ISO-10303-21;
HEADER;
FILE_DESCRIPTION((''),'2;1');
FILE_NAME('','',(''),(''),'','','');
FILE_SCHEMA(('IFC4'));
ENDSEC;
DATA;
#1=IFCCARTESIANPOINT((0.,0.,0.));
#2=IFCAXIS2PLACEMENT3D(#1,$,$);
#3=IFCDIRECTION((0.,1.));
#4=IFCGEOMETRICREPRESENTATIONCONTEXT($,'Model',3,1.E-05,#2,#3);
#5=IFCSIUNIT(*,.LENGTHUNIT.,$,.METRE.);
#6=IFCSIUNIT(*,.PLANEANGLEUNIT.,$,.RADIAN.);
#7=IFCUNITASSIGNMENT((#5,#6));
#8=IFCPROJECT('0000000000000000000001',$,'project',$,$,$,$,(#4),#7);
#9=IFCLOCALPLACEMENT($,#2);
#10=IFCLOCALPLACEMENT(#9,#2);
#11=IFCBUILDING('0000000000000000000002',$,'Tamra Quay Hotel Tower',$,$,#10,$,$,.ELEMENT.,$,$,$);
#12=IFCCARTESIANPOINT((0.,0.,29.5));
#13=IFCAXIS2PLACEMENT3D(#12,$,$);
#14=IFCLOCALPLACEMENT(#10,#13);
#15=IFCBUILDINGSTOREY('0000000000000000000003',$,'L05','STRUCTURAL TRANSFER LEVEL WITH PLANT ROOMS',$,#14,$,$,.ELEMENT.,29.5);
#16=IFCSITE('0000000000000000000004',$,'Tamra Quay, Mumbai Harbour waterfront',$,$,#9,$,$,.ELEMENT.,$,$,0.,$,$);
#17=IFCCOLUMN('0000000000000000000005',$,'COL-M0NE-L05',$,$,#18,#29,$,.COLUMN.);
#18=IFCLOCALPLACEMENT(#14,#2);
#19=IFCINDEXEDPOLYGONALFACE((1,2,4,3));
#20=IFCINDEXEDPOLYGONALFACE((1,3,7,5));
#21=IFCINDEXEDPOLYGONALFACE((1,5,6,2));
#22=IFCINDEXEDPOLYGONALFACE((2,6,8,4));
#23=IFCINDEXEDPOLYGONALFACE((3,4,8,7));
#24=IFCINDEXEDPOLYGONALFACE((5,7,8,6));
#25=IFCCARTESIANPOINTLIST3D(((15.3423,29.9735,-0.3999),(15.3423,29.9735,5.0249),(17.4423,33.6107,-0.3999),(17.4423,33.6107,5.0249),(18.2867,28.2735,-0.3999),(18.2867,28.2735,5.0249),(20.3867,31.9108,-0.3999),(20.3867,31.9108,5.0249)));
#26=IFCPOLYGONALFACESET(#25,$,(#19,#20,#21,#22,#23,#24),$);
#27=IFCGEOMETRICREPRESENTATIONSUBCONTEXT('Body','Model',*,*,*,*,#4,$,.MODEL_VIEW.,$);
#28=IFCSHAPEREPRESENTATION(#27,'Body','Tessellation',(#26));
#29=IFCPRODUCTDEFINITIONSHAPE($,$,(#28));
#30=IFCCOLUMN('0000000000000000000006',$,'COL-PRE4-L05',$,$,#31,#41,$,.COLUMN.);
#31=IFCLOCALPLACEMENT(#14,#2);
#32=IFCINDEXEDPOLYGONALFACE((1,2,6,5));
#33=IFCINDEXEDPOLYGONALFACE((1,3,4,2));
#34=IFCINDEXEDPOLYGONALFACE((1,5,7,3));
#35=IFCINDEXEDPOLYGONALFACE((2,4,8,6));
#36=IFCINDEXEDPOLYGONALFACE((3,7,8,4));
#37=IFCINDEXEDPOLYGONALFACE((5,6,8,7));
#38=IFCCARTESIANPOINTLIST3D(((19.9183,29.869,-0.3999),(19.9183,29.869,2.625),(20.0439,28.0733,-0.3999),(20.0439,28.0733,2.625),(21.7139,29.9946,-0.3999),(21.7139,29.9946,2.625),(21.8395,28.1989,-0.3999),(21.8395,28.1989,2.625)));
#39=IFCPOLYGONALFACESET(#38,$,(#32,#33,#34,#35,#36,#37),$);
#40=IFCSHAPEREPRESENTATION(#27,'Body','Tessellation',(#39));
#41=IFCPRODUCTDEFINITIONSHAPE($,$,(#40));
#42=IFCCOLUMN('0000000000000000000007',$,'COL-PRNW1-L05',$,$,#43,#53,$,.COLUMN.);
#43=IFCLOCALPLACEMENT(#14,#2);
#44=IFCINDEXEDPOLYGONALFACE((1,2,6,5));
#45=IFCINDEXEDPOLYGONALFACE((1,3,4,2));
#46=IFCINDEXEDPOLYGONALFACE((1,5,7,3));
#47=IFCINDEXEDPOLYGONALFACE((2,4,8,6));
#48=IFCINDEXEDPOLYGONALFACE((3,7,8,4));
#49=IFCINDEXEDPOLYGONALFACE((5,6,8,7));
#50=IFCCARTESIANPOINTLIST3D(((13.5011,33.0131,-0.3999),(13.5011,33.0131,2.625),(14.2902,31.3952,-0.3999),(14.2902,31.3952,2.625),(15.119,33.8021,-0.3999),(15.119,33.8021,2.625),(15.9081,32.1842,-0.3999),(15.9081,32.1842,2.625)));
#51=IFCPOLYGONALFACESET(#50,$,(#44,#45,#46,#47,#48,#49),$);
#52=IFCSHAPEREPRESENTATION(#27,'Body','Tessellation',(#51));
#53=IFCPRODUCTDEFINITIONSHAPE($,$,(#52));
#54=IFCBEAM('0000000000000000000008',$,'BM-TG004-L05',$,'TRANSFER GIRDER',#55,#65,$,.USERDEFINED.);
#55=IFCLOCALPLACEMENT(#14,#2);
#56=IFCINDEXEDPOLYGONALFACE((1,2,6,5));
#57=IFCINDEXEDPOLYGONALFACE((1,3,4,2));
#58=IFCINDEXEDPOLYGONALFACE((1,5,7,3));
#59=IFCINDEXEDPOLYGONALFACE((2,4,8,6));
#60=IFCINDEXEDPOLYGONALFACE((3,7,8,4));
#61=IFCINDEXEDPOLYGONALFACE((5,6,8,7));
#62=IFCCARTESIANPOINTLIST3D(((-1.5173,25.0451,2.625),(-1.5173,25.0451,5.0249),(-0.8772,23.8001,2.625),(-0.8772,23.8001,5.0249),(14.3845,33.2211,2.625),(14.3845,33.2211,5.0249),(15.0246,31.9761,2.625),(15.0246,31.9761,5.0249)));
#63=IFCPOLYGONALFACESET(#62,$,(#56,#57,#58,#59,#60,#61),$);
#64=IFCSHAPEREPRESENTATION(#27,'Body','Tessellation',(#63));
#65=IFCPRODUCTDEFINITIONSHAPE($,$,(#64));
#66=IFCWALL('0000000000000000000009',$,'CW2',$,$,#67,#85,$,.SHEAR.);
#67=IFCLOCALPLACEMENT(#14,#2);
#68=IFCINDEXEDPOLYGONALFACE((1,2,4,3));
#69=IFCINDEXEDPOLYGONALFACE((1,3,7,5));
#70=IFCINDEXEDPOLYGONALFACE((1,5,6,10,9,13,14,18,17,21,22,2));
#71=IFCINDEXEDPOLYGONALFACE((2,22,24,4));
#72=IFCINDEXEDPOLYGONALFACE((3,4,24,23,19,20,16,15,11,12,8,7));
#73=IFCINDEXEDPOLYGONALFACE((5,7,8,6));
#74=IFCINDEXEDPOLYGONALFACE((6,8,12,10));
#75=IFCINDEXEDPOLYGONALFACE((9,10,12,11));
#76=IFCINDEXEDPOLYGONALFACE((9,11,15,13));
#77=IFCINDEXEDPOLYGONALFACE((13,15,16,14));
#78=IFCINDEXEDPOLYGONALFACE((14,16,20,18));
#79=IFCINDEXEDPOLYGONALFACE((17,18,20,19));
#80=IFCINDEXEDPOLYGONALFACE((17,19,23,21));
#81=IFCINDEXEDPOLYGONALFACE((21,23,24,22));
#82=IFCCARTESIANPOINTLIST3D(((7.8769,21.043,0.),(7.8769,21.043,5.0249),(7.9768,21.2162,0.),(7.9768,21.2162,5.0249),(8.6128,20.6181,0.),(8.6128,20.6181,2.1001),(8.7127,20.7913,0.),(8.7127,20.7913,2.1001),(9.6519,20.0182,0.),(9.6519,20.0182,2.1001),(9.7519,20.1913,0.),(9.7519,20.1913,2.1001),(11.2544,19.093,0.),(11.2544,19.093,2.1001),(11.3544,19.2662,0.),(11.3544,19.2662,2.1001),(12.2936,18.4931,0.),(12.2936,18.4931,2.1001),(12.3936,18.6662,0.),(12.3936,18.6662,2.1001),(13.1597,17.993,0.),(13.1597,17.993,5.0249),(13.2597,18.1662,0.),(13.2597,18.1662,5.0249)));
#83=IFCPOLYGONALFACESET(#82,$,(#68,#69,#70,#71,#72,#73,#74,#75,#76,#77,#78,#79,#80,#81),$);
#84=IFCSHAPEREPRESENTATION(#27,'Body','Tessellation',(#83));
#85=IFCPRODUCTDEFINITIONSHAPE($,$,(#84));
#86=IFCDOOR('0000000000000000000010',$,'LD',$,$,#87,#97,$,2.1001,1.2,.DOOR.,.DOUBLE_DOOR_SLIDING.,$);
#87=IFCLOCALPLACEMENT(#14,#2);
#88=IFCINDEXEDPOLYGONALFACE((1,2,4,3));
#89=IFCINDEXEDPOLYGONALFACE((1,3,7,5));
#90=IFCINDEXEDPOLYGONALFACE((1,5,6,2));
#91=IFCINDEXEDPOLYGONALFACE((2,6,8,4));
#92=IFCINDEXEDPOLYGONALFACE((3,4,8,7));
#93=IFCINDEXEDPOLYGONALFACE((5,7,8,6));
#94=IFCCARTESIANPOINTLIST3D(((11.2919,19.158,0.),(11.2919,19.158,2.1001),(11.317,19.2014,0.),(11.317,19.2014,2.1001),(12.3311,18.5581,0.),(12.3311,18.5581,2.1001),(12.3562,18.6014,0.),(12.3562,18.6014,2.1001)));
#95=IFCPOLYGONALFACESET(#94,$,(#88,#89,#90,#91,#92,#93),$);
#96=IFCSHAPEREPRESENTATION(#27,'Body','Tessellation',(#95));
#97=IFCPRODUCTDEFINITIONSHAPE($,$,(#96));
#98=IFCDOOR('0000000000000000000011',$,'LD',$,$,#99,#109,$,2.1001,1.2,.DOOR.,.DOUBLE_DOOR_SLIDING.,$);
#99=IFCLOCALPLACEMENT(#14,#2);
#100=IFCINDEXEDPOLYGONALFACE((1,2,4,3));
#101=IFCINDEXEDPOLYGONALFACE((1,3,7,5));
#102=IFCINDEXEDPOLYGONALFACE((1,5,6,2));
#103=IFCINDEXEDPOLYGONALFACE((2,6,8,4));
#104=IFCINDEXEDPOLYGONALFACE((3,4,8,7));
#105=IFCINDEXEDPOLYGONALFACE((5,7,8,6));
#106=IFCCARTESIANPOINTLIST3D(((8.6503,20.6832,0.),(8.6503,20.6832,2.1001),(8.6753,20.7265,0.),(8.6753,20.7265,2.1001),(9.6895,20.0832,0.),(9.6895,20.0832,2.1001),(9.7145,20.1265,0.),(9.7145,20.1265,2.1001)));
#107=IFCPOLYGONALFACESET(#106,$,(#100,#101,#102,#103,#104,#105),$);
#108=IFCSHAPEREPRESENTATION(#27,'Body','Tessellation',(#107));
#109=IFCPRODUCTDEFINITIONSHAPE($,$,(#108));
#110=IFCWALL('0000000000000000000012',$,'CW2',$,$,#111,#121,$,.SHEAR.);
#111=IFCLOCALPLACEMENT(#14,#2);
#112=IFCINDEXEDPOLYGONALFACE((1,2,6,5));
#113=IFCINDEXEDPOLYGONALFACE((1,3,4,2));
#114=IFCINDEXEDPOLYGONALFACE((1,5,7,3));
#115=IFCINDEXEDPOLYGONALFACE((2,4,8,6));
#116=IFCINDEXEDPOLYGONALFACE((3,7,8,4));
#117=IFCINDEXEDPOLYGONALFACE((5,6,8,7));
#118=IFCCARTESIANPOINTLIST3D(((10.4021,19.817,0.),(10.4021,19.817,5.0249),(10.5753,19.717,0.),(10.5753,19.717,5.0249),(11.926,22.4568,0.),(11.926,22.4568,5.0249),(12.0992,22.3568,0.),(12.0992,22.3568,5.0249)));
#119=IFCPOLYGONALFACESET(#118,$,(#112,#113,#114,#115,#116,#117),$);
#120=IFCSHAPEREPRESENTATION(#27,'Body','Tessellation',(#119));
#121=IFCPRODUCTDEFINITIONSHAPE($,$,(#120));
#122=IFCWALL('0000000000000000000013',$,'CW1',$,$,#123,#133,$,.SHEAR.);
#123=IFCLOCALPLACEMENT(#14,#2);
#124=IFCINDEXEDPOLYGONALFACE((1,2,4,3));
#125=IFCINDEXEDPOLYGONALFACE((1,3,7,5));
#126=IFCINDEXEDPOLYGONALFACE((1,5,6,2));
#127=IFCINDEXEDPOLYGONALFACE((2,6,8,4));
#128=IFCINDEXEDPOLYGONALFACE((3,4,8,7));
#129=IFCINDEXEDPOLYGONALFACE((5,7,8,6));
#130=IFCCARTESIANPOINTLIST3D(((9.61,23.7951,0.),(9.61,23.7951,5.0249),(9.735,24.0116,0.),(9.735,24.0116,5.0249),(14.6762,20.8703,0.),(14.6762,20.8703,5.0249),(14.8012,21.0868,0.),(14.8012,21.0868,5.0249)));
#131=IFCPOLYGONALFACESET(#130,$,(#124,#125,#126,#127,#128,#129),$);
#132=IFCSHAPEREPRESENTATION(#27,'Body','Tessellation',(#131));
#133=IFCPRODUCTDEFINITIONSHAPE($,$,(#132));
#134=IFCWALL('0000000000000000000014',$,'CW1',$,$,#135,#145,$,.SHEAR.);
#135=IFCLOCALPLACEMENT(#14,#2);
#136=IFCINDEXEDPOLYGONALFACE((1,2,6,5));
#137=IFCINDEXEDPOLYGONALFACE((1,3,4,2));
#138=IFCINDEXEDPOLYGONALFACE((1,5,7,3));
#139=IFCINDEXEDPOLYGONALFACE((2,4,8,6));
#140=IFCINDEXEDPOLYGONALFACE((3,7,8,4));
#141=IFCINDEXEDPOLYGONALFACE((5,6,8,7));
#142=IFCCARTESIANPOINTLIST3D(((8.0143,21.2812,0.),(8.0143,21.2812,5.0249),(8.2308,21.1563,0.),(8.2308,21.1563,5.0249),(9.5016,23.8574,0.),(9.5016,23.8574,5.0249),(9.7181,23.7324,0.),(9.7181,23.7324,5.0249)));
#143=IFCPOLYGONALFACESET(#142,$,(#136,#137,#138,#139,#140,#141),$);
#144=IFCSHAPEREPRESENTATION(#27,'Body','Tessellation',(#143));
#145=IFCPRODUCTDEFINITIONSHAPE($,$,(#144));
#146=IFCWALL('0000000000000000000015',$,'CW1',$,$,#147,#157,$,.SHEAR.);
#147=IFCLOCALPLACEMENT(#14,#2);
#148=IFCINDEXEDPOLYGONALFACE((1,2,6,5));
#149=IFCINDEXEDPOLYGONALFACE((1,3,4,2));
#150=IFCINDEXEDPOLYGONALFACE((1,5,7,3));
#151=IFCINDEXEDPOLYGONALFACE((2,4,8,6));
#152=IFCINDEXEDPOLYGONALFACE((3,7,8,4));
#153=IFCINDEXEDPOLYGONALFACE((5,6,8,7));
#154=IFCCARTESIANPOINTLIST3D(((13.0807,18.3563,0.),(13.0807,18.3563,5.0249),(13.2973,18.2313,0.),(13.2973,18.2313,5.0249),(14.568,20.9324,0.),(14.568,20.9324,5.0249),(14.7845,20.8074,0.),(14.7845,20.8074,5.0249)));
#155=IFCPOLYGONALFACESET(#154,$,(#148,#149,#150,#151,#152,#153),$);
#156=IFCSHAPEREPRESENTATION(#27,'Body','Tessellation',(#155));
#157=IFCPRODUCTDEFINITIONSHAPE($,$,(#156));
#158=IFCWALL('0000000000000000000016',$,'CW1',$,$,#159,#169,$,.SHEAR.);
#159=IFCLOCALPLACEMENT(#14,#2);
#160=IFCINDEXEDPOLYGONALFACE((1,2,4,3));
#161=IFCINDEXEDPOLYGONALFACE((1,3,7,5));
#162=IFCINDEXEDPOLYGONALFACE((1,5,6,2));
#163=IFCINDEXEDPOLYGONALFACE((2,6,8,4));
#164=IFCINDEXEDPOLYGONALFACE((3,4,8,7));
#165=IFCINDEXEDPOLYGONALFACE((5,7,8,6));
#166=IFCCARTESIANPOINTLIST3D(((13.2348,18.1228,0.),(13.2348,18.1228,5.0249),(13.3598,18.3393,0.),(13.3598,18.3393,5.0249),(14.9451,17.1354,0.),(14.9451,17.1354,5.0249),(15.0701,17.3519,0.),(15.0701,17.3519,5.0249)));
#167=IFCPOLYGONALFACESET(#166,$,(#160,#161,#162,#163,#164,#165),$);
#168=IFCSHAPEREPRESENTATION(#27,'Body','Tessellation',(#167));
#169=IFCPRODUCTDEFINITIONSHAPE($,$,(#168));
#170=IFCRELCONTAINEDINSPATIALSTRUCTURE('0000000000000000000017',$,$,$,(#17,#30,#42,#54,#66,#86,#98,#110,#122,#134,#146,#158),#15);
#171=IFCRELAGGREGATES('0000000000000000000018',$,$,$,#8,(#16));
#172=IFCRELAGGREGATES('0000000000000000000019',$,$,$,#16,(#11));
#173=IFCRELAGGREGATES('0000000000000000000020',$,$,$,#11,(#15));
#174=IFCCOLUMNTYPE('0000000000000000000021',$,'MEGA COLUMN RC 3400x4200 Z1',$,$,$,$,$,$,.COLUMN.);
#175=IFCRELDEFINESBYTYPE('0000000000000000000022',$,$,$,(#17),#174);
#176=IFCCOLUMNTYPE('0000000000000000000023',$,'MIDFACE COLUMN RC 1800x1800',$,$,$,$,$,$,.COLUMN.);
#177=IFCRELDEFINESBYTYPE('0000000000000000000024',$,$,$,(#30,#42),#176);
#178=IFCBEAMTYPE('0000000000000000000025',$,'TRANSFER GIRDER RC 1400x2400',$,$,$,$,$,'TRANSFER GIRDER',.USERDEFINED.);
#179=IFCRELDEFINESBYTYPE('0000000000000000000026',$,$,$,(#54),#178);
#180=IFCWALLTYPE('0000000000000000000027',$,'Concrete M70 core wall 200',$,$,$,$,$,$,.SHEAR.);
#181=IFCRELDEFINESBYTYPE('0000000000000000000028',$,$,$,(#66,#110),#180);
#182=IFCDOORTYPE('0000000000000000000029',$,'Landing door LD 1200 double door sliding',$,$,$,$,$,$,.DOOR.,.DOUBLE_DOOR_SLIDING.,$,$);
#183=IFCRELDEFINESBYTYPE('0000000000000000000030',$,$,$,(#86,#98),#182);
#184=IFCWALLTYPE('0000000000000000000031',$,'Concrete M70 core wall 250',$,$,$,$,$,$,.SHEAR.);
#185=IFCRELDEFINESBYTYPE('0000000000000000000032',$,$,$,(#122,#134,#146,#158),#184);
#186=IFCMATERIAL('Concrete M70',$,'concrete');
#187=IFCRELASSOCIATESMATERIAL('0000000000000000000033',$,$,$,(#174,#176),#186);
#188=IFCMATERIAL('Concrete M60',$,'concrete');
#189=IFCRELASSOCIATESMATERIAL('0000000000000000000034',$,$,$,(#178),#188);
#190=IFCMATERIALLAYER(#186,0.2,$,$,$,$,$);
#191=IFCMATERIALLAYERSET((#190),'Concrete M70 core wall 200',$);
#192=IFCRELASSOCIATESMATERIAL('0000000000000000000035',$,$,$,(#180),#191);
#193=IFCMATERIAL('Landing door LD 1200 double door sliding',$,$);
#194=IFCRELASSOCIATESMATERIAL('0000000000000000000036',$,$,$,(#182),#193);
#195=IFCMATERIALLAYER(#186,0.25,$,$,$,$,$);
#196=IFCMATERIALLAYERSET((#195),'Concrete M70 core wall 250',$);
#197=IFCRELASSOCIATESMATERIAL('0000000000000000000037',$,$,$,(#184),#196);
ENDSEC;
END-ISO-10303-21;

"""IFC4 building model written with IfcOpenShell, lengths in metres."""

from ifc_helpers import new_model, si_unit, direction, frame, frame_2d, origin, origin_2d, place, context, subcontext, project, spatial, rectangle, extrude, material, layer, layer_set, material_profile, profile_set, type_object, element, fill, save


model = new_model("IFC4")

# Units and contexts
model_context = context("Model", 3, precision=1e-05, world=origin(), true_north=direction((0.0, 1.0)))
body_context = subcontext(model_context, "Body", "Model", "MODEL_VIEW")
ifc_project = project(units=[si_unit("LENGTHUNIT", "METRE"), si_unit("PLANEANGLEUNIT", "RADIAN")], contexts=[model_context])

# Site, building, storey
site_placement = place(None, origin())
site = spatial("IfcSite", under=ifc_project, at=site_placement, Name="Tamra Quay, Mumbai Harbour waterfront", CompositionType="ELEMENT", RefElevation=0.0)
building_placement = place(site_placement, origin())
building = spatial("IfcBuilding", under=site, at=building_placement, Name="Tamra Quay Hotel Tower", CompositionType="ELEMENT")
storey_placement = place(building_placement, frame((0.0, 0.0, 29.5)))
storey = spatial("IfcBuildingStorey", under=building, at=storey_placement, Name="L05", Description="STRUCTURAL TRANSFER LEVEL WITH PLANT ROOMS", CompositionType="ELEMENT", Elevation=29.5)

# Columns
ifc_material_1 = material(Name="Concrete M70", Category="concrete")
ifc_material_profile_1 = material_profile(ifc_material_1, rectangle(XDim=4.2, YDim=3.3999, at=origin_2d()), Name="MEGA COLUMN RC 3400x4200 Z1")
ifc_profile_set_1 = profile_set([ifc_material_profile_1], Name="Concrete M70")
column_type_1 = type_object("IfcColumnType", Name="MEGA COLUMN RC 3400x4200 Z1", PredefinedType="COLUMN", material=ifc_profile_set_1)
column_placement = place(storey_placement, frame((17.8645, 30.9421, -0.3999), z_axis=(0.0, 0.0, 1.0), x_axis=(0.5, 0.866025, 0.0)))
element("IfcColumn", 1, at=column_placement, inside=storey, type_object=column_type_1, Name="COL-M0NE-L05", PredefinedType="COLUMN", context=body_context, shape_type="SweptSolid", body=[
    extrude(rectangle(XDim=4.2, YDim=3.3999, at=origin_2d()), origin(), (0.0, 0.0, 1.0), 5.4248),
])
ifc_material_profile_2 = material_profile(ifc_material_1, rectangle(XDim=1.8, YDim=1.8, at=origin_2d()), Name="MIDFACE COLUMN RC 1800x1800")
ifc_profile_set_2 = profile_set([ifc_material_profile_2], Name="Concrete M70")
column_type_2 = type_object("IfcColumnType", Name="MIDFACE COLUMN RC 1800x1800", PredefinedType="COLUMN", material=ifc_profile_set_2)
for number, where, z_axis, x_axis, name in (
    (2, (20.8789, 29.0339, -0.3999), (0.0, 0.0, 1.0), (0.997562, 0.06979, 0.0), "COL-PRE4-L05"),
    (3, (14.7046, 32.5986, -0.3999), (0.0, 0.0, 1.0), (-0.438341, 0.898809, 0.0), "COL-PRNW1-L05"),
):
    element("IfcColumn", number, at=place(storey_placement, frame(where, z_axis=z_axis, x_axis=x_axis)), inside=storey, type_object=column_type_2, Name=name, PredefinedType="COLUMN", context=body_context, shape_type="SweptSolid", body=[
        extrude(rectangle(XDim=1.8, YDim=1.8, at=origin_2d()), origin(), (0.0, 0.0, 1.0), 3.0249),
    ])

# Beam
ifc_material_2 = material(Name="Concrete M60", Category="concrete")
ifc_material_profile_3 = material_profile(ifc_material_2, rectangle(XDim=1.3999, YDim=2.3999, at=origin_2d()), Name="TRANSFER GIRDER RC 1400x2400")
ifc_profile_set_3 = profile_set([ifc_material_profile_3], Name="Concrete M60")
beam_type = type_object("IfcBeamType", Name="TRANSFER GIRDER RC 1400x2400", ElementType="TRANSFER GIRDER", PredefinedType="USERDEFINED", material=ifc_profile_set_3)
beam_placement = place(storey_placement, frame((14.7046, 32.5986, 3.825), z_axis=(-0.889335, -0.457256, 0.0), x_axis=(0.457256, -0.889335, 0.0)))
element("IfcBeam", 4, at=beam_placement, inside=storey, type_object=beam_type, Name="BM-TG004-L05", ObjectType="TRANSFER GIRDER", PredefinedType="USERDEFINED", context=body_context, shape_type="SweptSolid", body=[
    extrude(rectangle(XDim=1.3999, YDim=2.3999, at=origin_2d()), origin(), (0.0, 0.0, 1.0), 17.8806),
])

# Wall, openings, doors
ifc_layer_1 = layer(ifc_material_1, 0.2)
ifc_layer_set_1 = layer_set([ifc_layer_1], Name="Concrete M70 core wall 200")
wall_type_1 = type_object("IfcWallType", Name="Concrete M70 core wall 200", PredefinedType="SHEAR", material=ifc_layer_set_1)
wall_1_placement = place(storey_placement, frame((13.2097, 18.0796, 0.0), z_axis=(0.0, 0.0, 1.0), x_axis=(-0.86603, 0.499992, 0.0)))
wall_1 = element("IfcWall", 5, at=wall_1_placement, inside=storey, type_object=wall_type_1, Name="CW2", PredefinedType="SHEAR", context=body_context, shape_type="SweptSolid", body=[
    extrude(rectangle(XDim=6.1001, YDim=0.2, at=frame_2d((3.05, 0.0))), origin(), (0.0, 0.0, 1.0), 5.0249),
])
opening_1_placement = place(wall_1_placement, frame((1.0, 0.0, 0.0)))
opening_1 = element("IfcOpeningElement", 6, at=opening_1_placement, cuts=wall_1, PredefinedType="OPENING", context=body_context, shape_type="SweptSolid", body=[
    extrude(rectangle(XDim=1.2, YDim=2.1001, at=frame_2d((0.6001, 1.05))), frame((0.0, 0.1099, 0.0), z_axis=(0.0, -1.0, 0.0), x_axis=(1.0, 0.0, 0.0)), (0.0, 0.0, 1.0), 0.22),
])
opening_2_placement = place(wall_1_placement, frame((4.0503, 0.0, 0.0)))
opening_2 = element("IfcOpeningElement", 7, at=opening_2_placement, cuts=wall_1, PredefinedType="OPENING", context=body_context, shape_type="SweptSolid", body=[
    extrude(rectangle(XDim=1.2, YDim=2.1001, at=frame_2d((0.6001, 1.05))), frame((0.0, 0.1099, 0.0), z_axis=(0.0, -1.0, 0.0), x_axis=(1.0, 0.0, 0.0)), (0.0, 0.0, 1.0), 0.22),
])
ifc_material_3 = material(Name="Landing door LD 1200 double door sliding")
door_type = type_object("IfcDoorType", Name="Landing door LD 1200 double door sliding", OperationType="DOUBLE_DOOR_SLIDING", PredefinedType="DOOR", material=ifc_material_3)
door_1_placement = place(opening_1_placement, origin())
door_1 = element("IfcDoor", 8, at=door_1_placement, inside=storey, type_object=door_type, Name="LD", OperationType="DOUBLE_DOOR_SLIDING", OverallHeight=2.1001, OverallWidth=1.2, PredefinedType="DOOR", context=body_context, shape_type="SweptSolid", body=[
    extrude(rectangle(XDim=1.2, YDim=2.1001, at=frame_2d((0.6001, 1.05))), frame((0.0, 0.0249, 0.0), z_axis=(0.0, -1.0, 0.0), x_axis=(1.0, 0.0, 0.0)), (0.0, 0.0, 1.0), 0.05),
])
fill(opening_1, door_1)
door_2_placement = place(opening_2_placement, origin())
door_2 = element("IfcDoor", 9, at=door_2_placement, inside=storey, type_object=door_type, Name="LD", OperationType="DOUBLE_DOOR_SLIDING", OverallHeight=2.1001, OverallWidth=1.2, PredefinedType="DOOR", context=body_context, shape_type="SweptSolid", body=[
    extrude(rectangle(XDim=1.2, YDim=2.1001, at=frame_2d((0.6001, 1.05))), frame((0.0, 0.0249, 0.0), z_axis=(0.0, -1.0, 0.0), x_axis=(1.0, 0.0, 0.0)), (0.0, 0.0, 1.0), 0.05),
])
fill(opening_2, door_2)

# Walls
wall_2_placement = place(storey_placement, frame((10.4888, 19.7671, 0.0), z_axis=(0.0, 0.0, 1.0), x_axis=(0.499947, 0.866056, 0.0)))
element("IfcWall", 10, at=wall_2_placement, inside=storey, type_object=wall_type_1, Name="CW2", PredefinedType="SHEAR", context=body_context, shape_type="SweptSolid", body=[
    extrude(rectangle(XDim=3.0481, YDim=0.2, at=frame_2d((1.5239, 0.0))), origin(), (0.0, 0.0, 1.0), 5.0249),
])
ifc_layer_2 = layer(ifc_material_1, 0.25)
ifc_layer_set_2 = layer_set([ifc_layer_2], Name="Concrete M70 core wall 250")
wall_type_2 = type_object("IfcWallType", Name="Concrete M70 core wall 250", PredefinedType="SHEAR", material=ifc_layer_set_2)
wall_3_placement = place(storey_placement, frame((9.6726, 23.9033, 0.0), z_axis=(0.0, 0.0, 1.0), x_axis=(0.866036, -0.499981, 0.0)))
element("IfcWall", 11, at=wall_3_placement, inside=storey, type_object=wall_type_2, Name="CW1", PredefinedType="SHEAR", context=body_context, shape_type="SweptSolid", body=[
    extrude(rectangle(XDim=5.8499, YDim=0.25, at=frame_2d((2.9248, 0.0))), origin(), (0.0, 0.0, 1.0), 5.0249),
])
for number, where, z_axis, x_axis, name in (
    (12, (8.1226, 21.2188, 0.0), (0.0, 0.0, 1.0), (0.499988, 0.866033, 0.0), "CW1"),
    (13, (14.6763, 20.8699, 0.0), (0.0, 0.0, 1.0), (-0.499988, -0.866033, 0.0), "CW1"),
):
    element("IfcWall", number, at=place(storey_placement, frame(where, z_axis=z_axis, x_axis=x_axis)), inside=storey, type_object=wall_type_2, Name=name, PredefinedType="SHEAR", context=body_context, shape_type="SweptSolid", body=[
        extrude(rectangle(XDim=2.9746, YDim=0.25, at=frame_2d((1.4873, 0.0))), origin(), (0.0, 0.0, 1.0), 5.0249),
    ])
wall_4_placement = place(storey_placement, frame((13.2974, 18.231, 0.0), z_axis=(0.0, 0.0, 1.0), x_axis=(0.866044, -0.499969, 0.0)))
element("IfcWall", 14, at=wall_4_placement, inside=storey, type_object=wall_type_2, Name="CW1", PredefinedType="SHEAR", context=body_context, shape_type="SweptSolid", body=[
    extrude(rectangle(XDim=1.9749, YDim=0.25, at=frame_2d((0.9873, 0.0))), origin(), (0.0, 0.0, 1.0), 5.0249),
])

save(model, "model.ifc")
